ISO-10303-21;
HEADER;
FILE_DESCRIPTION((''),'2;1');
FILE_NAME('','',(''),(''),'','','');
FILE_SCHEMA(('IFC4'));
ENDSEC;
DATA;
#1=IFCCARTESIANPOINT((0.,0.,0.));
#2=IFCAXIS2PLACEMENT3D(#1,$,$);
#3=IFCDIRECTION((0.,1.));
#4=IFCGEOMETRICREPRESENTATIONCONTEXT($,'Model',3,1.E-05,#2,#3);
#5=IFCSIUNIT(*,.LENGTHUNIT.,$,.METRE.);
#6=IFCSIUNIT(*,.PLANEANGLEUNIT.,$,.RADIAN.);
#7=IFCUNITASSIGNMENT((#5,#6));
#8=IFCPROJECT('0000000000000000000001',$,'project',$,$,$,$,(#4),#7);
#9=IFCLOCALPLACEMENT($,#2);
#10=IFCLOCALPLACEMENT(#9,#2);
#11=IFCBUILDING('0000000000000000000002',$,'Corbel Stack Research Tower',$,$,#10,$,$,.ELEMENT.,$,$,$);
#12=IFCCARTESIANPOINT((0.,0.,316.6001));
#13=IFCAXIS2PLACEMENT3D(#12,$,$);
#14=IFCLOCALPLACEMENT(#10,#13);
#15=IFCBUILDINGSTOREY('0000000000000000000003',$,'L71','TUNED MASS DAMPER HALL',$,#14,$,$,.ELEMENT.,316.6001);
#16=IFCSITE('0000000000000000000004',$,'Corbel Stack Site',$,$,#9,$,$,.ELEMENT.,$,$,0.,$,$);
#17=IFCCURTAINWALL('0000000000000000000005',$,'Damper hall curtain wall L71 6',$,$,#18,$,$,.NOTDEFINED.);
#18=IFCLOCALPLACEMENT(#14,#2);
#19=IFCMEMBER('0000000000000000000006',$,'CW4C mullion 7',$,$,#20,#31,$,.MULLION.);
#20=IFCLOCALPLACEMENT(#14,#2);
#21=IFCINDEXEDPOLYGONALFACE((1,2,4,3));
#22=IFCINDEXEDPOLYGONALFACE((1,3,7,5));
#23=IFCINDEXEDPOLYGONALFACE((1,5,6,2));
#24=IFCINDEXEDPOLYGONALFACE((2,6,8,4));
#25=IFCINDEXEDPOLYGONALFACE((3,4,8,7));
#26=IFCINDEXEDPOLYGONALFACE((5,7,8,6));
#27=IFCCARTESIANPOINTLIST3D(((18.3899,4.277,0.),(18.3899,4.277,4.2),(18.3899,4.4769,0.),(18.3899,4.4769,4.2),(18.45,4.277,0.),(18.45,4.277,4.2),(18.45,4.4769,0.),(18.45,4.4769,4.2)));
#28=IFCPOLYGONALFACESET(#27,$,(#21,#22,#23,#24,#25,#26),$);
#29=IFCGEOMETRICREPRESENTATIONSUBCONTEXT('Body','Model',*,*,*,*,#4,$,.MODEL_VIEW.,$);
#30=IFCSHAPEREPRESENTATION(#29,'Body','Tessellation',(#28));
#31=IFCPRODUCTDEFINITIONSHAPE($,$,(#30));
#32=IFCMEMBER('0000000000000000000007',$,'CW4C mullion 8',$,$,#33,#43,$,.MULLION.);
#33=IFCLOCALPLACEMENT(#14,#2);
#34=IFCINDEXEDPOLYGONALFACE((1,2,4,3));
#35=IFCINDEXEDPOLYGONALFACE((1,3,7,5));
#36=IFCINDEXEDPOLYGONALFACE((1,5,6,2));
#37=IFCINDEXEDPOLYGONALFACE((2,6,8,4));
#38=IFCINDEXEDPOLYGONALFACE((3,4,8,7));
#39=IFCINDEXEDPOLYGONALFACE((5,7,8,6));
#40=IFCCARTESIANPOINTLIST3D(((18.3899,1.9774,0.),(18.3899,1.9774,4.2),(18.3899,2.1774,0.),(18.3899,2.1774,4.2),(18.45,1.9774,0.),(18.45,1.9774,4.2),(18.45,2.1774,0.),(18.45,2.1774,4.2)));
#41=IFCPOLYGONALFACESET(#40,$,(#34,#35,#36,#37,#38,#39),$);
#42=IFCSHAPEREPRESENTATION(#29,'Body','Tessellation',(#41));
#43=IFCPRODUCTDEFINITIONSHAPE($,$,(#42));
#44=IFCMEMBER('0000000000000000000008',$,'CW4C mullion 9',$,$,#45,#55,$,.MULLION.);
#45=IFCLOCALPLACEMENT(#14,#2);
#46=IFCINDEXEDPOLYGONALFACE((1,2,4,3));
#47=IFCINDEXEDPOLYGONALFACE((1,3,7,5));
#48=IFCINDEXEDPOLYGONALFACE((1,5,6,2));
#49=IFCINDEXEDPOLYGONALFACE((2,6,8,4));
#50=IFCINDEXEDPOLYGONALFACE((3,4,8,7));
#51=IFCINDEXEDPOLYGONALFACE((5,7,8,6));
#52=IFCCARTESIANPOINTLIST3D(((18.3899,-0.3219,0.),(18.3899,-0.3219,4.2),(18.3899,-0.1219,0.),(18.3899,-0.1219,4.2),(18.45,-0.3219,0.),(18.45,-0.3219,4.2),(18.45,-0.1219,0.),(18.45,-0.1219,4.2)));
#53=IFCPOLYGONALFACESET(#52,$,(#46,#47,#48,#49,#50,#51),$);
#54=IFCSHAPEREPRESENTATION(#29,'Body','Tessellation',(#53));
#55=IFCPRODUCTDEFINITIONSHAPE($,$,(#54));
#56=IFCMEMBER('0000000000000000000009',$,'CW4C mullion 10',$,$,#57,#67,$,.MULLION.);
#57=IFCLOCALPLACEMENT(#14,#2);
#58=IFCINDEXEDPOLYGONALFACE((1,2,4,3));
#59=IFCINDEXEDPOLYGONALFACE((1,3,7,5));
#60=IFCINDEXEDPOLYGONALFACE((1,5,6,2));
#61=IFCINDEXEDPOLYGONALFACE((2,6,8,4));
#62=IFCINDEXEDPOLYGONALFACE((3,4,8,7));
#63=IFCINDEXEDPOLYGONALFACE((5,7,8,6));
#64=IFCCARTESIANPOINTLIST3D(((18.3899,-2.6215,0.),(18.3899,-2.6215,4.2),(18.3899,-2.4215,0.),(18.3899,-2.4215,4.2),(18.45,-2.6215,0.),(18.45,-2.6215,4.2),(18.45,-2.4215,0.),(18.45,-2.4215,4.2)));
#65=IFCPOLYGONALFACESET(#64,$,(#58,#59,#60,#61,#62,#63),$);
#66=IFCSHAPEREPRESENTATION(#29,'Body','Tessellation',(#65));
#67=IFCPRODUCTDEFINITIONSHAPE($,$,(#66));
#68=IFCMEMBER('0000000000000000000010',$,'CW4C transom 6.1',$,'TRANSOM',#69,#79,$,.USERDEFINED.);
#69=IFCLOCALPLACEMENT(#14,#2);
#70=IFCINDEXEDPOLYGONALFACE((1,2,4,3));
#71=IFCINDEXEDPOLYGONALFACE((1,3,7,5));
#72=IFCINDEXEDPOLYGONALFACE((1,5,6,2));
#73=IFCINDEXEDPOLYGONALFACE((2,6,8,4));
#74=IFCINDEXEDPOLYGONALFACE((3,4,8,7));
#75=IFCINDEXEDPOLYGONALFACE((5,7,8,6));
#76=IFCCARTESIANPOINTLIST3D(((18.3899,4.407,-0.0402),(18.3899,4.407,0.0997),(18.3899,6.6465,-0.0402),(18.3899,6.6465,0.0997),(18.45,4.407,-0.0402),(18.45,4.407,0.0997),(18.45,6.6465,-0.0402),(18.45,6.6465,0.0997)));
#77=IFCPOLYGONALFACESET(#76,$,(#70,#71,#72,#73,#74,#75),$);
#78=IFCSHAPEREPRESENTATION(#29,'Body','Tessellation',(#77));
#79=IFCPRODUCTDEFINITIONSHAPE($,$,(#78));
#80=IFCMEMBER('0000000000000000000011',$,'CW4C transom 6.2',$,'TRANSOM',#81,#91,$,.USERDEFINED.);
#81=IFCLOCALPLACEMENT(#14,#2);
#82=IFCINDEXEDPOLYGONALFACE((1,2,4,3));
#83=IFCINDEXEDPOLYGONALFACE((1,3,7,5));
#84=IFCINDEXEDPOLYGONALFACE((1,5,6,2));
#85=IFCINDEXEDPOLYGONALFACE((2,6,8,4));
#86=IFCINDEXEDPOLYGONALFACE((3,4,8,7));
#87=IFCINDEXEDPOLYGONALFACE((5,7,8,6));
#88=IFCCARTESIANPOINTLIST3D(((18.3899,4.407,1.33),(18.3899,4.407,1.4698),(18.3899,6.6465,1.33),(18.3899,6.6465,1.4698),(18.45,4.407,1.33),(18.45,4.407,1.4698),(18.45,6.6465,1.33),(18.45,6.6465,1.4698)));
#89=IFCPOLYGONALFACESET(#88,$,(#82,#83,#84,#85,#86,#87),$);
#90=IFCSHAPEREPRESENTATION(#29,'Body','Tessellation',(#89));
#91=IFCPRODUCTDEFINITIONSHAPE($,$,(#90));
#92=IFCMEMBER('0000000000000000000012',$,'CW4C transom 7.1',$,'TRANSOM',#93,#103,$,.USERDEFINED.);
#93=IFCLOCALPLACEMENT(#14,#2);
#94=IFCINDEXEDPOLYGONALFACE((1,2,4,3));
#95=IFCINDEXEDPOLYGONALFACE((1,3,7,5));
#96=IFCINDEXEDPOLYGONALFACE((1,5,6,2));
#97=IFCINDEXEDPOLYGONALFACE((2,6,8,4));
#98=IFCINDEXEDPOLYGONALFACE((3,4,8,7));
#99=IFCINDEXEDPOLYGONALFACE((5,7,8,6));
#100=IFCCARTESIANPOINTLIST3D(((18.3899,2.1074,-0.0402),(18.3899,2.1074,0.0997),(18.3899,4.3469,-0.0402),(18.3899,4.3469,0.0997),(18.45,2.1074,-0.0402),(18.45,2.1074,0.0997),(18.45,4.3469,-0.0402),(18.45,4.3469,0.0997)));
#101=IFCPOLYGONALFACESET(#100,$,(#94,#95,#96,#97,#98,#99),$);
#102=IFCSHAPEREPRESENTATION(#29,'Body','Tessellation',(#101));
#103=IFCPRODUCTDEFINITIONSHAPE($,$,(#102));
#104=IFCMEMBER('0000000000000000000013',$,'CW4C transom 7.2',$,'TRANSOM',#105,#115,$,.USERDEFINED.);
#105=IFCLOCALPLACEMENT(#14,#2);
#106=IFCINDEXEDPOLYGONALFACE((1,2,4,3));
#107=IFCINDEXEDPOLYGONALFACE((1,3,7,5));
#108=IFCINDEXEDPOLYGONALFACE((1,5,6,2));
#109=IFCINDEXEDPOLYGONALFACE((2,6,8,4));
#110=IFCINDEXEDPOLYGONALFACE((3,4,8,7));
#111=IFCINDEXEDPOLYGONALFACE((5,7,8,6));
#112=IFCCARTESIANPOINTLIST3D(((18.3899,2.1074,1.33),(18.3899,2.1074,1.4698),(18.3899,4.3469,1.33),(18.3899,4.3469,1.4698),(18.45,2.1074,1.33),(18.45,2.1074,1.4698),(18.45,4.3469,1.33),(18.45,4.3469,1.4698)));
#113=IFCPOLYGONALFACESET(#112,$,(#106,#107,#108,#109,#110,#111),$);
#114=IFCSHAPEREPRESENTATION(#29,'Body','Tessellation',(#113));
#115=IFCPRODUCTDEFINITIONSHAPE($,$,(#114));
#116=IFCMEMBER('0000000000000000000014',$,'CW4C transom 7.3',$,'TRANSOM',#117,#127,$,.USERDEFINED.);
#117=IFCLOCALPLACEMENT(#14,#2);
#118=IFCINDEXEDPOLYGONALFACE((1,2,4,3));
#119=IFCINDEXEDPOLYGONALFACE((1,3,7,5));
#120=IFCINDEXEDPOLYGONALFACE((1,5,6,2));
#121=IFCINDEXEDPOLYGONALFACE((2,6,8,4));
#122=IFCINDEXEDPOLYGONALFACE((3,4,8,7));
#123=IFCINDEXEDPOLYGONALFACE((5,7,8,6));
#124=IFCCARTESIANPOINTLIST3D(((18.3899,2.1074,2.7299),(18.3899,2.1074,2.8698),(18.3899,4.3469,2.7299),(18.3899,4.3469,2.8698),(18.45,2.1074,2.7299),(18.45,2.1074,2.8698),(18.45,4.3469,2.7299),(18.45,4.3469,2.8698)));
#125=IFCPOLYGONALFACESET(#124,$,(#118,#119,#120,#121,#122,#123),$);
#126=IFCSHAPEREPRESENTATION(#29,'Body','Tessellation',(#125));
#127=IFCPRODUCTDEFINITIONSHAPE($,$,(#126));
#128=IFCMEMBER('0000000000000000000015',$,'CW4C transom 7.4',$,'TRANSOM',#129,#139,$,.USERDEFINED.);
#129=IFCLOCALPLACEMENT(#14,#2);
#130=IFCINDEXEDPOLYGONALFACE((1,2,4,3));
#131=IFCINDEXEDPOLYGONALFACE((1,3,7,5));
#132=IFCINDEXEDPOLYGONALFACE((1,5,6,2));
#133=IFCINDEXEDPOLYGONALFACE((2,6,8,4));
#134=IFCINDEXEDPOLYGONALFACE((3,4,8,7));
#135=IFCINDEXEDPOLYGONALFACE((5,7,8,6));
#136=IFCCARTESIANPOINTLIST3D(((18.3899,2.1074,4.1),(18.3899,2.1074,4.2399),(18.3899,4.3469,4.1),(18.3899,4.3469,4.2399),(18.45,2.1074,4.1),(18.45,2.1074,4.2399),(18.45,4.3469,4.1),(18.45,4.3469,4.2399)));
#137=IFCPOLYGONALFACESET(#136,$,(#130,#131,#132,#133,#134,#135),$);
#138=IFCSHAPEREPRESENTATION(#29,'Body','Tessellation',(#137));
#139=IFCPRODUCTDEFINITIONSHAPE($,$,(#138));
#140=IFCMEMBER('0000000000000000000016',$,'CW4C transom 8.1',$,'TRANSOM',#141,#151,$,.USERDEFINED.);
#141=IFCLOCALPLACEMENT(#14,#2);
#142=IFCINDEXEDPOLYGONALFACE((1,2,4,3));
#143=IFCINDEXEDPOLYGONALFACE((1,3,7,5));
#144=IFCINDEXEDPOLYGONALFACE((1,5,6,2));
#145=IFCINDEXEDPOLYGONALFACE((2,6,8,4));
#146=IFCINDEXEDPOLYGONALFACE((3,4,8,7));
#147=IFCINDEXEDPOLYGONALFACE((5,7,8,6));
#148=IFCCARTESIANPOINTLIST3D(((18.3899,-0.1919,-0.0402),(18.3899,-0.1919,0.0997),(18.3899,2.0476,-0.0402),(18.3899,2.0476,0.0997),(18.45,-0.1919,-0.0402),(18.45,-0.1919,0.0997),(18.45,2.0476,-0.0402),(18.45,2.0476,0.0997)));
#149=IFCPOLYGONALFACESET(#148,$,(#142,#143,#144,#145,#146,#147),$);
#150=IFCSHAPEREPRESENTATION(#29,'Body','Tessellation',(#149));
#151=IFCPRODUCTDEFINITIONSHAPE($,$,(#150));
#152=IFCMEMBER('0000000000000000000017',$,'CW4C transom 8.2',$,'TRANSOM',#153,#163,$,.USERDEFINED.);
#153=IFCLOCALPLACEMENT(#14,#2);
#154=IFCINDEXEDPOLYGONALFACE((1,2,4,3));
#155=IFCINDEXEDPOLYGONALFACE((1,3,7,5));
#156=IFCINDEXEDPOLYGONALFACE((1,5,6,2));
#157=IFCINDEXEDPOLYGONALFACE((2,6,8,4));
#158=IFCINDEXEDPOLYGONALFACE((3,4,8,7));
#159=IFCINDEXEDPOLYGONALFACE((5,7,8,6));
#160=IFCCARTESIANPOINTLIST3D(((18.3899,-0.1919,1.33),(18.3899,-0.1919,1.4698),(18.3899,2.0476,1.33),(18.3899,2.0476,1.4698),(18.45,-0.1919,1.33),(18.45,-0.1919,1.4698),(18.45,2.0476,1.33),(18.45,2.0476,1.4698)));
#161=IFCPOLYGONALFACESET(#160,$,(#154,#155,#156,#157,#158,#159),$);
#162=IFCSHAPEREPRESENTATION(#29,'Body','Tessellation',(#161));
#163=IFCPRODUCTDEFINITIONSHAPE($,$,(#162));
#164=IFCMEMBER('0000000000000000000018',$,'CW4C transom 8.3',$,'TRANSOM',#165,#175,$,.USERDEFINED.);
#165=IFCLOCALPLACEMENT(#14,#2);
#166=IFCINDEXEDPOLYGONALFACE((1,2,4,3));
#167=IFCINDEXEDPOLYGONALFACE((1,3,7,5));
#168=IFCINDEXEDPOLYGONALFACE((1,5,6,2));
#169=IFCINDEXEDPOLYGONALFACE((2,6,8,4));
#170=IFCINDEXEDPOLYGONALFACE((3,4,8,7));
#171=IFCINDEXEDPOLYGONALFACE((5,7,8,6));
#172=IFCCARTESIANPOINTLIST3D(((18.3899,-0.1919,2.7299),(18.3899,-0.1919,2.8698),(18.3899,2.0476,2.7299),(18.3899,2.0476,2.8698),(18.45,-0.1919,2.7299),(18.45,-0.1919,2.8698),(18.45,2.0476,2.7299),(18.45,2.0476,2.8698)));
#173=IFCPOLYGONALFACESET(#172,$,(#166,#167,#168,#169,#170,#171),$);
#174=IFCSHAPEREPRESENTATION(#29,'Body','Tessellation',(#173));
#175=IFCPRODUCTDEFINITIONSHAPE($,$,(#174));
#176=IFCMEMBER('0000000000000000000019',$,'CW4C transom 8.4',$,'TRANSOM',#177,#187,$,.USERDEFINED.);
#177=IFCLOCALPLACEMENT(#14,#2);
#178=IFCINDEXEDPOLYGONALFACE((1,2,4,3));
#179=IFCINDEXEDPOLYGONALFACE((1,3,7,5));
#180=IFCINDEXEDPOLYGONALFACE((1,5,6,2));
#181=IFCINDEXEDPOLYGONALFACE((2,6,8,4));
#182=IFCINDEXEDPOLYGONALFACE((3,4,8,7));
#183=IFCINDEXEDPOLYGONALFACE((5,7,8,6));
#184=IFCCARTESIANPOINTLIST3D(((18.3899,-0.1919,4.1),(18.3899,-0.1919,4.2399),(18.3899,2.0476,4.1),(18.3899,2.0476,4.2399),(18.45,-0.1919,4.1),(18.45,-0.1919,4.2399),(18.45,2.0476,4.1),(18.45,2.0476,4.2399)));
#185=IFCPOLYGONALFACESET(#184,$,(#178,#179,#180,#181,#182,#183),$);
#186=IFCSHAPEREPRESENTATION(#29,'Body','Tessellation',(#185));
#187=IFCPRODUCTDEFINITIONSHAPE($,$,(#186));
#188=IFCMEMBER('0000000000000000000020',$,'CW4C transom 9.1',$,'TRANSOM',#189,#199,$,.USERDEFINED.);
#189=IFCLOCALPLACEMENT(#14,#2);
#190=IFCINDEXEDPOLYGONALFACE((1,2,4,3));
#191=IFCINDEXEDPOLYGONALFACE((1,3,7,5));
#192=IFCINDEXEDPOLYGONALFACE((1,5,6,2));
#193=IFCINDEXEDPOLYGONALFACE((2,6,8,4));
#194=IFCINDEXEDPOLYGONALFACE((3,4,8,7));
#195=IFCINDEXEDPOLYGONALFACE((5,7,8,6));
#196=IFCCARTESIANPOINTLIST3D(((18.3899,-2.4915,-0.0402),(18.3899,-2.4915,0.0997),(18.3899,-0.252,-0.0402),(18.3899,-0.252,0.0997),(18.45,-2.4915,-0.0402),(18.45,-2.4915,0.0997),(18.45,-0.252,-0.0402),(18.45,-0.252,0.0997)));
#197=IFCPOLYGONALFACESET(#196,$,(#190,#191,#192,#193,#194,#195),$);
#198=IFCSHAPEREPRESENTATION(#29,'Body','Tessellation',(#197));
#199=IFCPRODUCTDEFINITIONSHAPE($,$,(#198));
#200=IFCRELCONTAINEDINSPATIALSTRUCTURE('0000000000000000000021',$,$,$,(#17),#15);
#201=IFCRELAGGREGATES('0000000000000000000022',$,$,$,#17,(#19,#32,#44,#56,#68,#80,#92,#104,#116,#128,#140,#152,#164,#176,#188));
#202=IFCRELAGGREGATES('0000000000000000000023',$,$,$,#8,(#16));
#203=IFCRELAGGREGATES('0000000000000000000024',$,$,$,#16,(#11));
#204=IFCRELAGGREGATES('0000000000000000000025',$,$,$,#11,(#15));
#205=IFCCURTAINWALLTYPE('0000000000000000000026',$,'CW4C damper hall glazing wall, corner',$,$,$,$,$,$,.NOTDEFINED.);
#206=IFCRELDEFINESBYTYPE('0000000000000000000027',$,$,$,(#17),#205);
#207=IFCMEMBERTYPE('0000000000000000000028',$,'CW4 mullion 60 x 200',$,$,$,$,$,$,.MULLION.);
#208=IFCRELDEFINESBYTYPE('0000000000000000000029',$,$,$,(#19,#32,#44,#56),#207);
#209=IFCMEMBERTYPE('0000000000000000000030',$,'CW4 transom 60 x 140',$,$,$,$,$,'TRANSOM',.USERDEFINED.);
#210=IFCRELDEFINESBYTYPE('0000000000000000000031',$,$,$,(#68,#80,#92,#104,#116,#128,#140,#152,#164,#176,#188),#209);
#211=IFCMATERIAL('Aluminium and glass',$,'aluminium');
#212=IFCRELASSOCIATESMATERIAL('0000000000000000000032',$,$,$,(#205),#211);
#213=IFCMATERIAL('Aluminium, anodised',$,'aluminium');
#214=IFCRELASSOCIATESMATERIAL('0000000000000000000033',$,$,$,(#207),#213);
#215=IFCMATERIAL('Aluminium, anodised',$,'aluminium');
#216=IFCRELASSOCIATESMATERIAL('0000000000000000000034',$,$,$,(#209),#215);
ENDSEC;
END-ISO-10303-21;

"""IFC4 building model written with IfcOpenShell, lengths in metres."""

from ifc_helpers import new_model, si_unit, direction, frame, origin, origin_2d, place, context, subcontext, project, spatial, rectangle, extrude, material, material_profile, profile_set, type_object, element, aggregate, save


model = new_model("IFC4")

# Units and contexts
model_context = context("Model", 3, precision=1e-05, world=origin(), true_north=direction((0.0, 1.0)))
body_context = subcontext(model_context, "Body", "Model", "MODEL_VIEW")
ifc_project = project(units=[si_unit("LENGTHUNIT", "METRE"), si_unit("PLANEANGLEUNIT", "RADIAN")], contexts=[model_context])

# Site, building, storey
site_placement = place(None, origin())
site = spatial("IfcSite", under=ifc_project, at=site_placement, Name="Corbel Stack Site", CompositionType="ELEMENT", RefElevation=0.0)
building_placement = place(site_placement, origin())
building = spatial("IfcBuilding", under=site, at=building_placement, Name="Corbel Stack Research Tower", CompositionType="ELEMENT")
storey_placement = place(building_placement, frame((0.0, 0.0, 316.6001)))
storey = spatial("IfcBuildingStorey", under=building, at=storey_placement, Name="L71", Description="TUNED MASS DAMPER HALL", CompositionType="ELEMENT", Elevation=316.6001)

# Curtain wall, members
ifc_material_1 = material(Name="Aluminium and glass", Category="aluminium")
curtain_wall_type = type_object("IfcCurtainWallType", Name="CW4C damper hall glazing wall, corner", PredefinedType="NOTDEFINED", material=ifc_material_1)
curtain_wall_placement = place(storey_placement, origin())
curtain_wall = element("IfcCurtainWall", 1, at=curtain_wall_placement, inside=storey, type_object=curtain_wall_type, Name="Damper hall curtain wall L71 6", PredefinedType="NOTDEFINED")
ifc_material_2 = material(Name="Aluminium, anodised", Category="aluminium")
ifc_material_profile_1 = material_profile(ifc_material_2, rectangle(XDim=0.0601, YDim=0.2, at=origin_2d()), Name="CW4 mullion 60 x 200")
ifc_profile_set_1 = profile_set([ifc_material_profile_1], Name="Aluminium, anodised")
member_type_1 = type_object("IfcMemberType", Name="CW4 mullion 60 x 200", PredefinedType="MULLION", material=ifc_profile_set_1)
member_1_placement = place(storey_placement, frame((18.4199, 4.377, 0.0), z_axis=(0.0, 0.0, 1.0), x_axis=(1.0, 0.0, 0.0)))
member_1 = element("IfcMember", 2, at=member_1_placement, type_object=member_type_1, Name="CW4C mullion 7", PredefinedType="MULLION", context=body_context, shape_type="SweptSolid", body=[
    extrude(rectangle(XDim=0.0601, YDim=0.2, at=origin_2d()), origin(), (0.0, 0.0, 1.0), 4.2),
])
member_2_placement = place(storey_placement, frame((18.4199, 2.0774, 0.0), z_axis=(0.0, 0.0, 1.0), x_axis=(1.0, 0.0, 0.0)))
member_2 = element("IfcMember", 3, at=member_2_placement, type_object=member_type_1, Name="CW4C mullion 8", PredefinedType="MULLION", context=body_context, shape_type="SweptSolid", body=[
    extrude(rectangle(XDim=0.0601, YDim=0.2, at=origin_2d()), origin(), (0.0, 0.0, 1.0), 4.2),
])
member_3_placement = place(storey_placement, frame((18.4199, -0.2219, 0.0), z_axis=(0.0, 0.0, 1.0), x_axis=(1.0, 0.0, 0.0)))
member_3 = element("IfcMember", 4, at=member_3_placement, type_object=member_type_1, Name="CW4C mullion 9", PredefinedType="MULLION", context=body_context, shape_type="SweptSolid", body=[
    extrude(rectangle(XDim=0.0601, YDim=0.2, at=origin_2d()), origin(), (0.0, 0.0, 1.0), 4.2),
])
member_4_placement = place(storey_placement, frame((18.4199, -2.5215, 0.0), z_axis=(0.0, 0.0, 1.0), x_axis=(1.0, 0.0, 0.0)))
member_4 = element("IfcMember", 5, at=member_4_placement, type_object=member_type_1, Name="CW4C mullion 10", PredefinedType="MULLION", context=body_context, shape_type="SweptSolid", body=[
    extrude(rectangle(XDim=0.0601, YDim=0.2, at=origin_2d()), origin(), (0.0, 0.0, 1.0), 4.2),
])
ifc_material_3 = material(Name="Aluminium, anodised", Category="aluminium")
ifc_material_profile_2 = material_profile(ifc_material_3, rectangle(XDim=0.0601, YDim=0.1399, at=origin_2d()), Name="CW4 transom 60 x 140")
ifc_profile_set_2 = profile_set([ifc_material_profile_2], Name="Aluminium, anodised")
member_type_2 = type_object("IfcMemberType", Name="CW4 transom 60 x 140", ElementType="TRANSOM", PredefinedType="USERDEFINED", material=ifc_profile_set_2)
member_5_placement = place(storey_placement, frame((18.4199, 6.6465, 0.0298), z_axis=(0.0, -1.0, 0.0), x_axis=(1.0, 0.0, 0.0)))
member_5 = element("IfcMember", 6, at=member_5_placement, type_object=member_type_2, Name="CW4C transom 6.1", ObjectType="TRANSOM", PredefinedType="USERDEFINED", context=body_context, shape_type="SweptSolid", body=[
    extrude(rectangle(XDim=0.0601, YDim=0.1399, at=origin_2d()), origin(), (0.0, 0.0, 1.0), 2.2395),
])
member_6_placement = place(storey_placement, frame((18.4199, 6.6465, 1.3999), z_axis=(0.0, -1.0, 0.0), x_axis=(1.0, 0.0, 0.0)))
member_6 = element("IfcMember", 7, at=member_6_placement, type_object=member_type_2, Name="CW4C transom 6.2", ObjectType="TRANSOM", PredefinedType="USERDEFINED", context=body_context, shape_type="SweptSolid", body=[
    extrude(rectangle(XDim=0.0601, YDim=0.1399, at=origin_2d()), origin(), (0.0, 0.0, 1.0), 2.2395),
])
member_7_placement = place(storey_placement, frame((18.4199, 4.3469, 0.0298), z_axis=(0.0, -1.0, 0.0), x_axis=(1.0, 0.0, 0.0)))
member_7 = element("IfcMember", 8, at=member_7_placement, type_object=member_type_2, Name="CW4C transom 7.1", ObjectType="TRANSOM", PredefinedType="USERDEFINED", context=body_context, shape_type="SweptSolid", body=[
    extrude(rectangle(XDim=0.0601, YDim=0.1399, at=origin_2d()), origin(), (0.0, 0.0, 1.0), 2.2395),
])
member_8_placement = place(storey_placement, frame((18.4199, 4.3469, 1.3999), z_axis=(0.0, -1.0, 0.0), x_axis=(1.0, 0.0, 0.0)))
member_8 = element("IfcMember", 9, at=member_8_placement, type_object=member_type_2, Name="CW4C transom 7.2", ObjectType="TRANSOM", PredefinedType="USERDEFINED", context=body_context, shape_type="SweptSolid", body=[
    extrude(rectangle(XDim=0.0601, YDim=0.1399, at=origin_2d()), origin(), (0.0, 0.0, 1.0), 2.2395),
])
member_9_placement = place(storey_placement, frame((18.4199, 4.3469, 2.7998), z_axis=(0.0, -1.0, 0.0), x_axis=(1.0, 0.0, 0.0)))
member_9 = element("IfcMember", 10, at=member_9_placement, type_object=member_type_2, Name="CW4C transom 7.3", ObjectType="TRANSOM", PredefinedType="USERDEFINED", context=body_context, shape_type="SweptSolid", body=[
    extrude(rectangle(XDim=0.0601, YDim=0.1399, at=origin_2d()), origin(), (0.0, 0.0, 1.0), 2.2395),
])
member_10_placement = place(storey_placement, frame((18.4199, 4.3469, 4.1699), z_axis=(0.0, -1.0, 0.0), x_axis=(1.0, 0.0, 0.0)))
member_10 = element("IfcMember", 11, at=member_10_placement, type_object=member_type_2, Name="CW4C transom 7.4", ObjectType="TRANSOM", PredefinedType="USERDEFINED", context=body_context, shape_type="SweptSolid", body=[
    extrude(rectangle(XDim=0.0601, YDim=0.1399, at=origin_2d()), origin(), (0.0, 0.0, 1.0), 2.2395),
])
member_11_placement = place(storey_placement, frame((18.4199, 2.0476, 0.0298), z_axis=(0.0, -1.0, 0.0), x_axis=(1.0, 0.0, 0.0)))
member_11 = element("IfcMember", 12, at=member_11_placement, type_object=member_type_2, Name="CW4C transom 8.1", ObjectType="TRANSOM", PredefinedType="USERDEFINED", context=body_context, shape_type="SweptSolid", body=[
    extrude(rectangle(XDim=0.0601, YDim=0.1399, at=origin_2d()), origin(), (0.0, 0.0, 1.0), 2.2395),
])
member_12_placement = place(storey_placement, frame((18.4199, 2.0476, 1.3999), z_axis=(0.0, -1.0, 0.0), x_axis=(1.0, 0.0, 0.0)))
member_12 = element("IfcMember", 13, at=member_12_placement, type_object=member_type_2, Name="CW4C transom 8.2", ObjectType="TRANSOM", PredefinedType="USERDEFINED", context=body_context, shape_type="SweptSolid", body=[
    extrude(rectangle(XDim=0.0601, YDim=0.1399, at=origin_2d()), origin(), (0.0, 0.0, 1.0), 2.2395),
])
member_13_placement = place(storey_placement, frame((18.4199, 2.0476, 2.7998), z_axis=(0.0, -1.0, 0.0), x_axis=(1.0, 0.0, 0.0)))
member_13 = element("IfcMember", 14, at=member_13_placement, type_object=member_type_2, Name="CW4C transom 8.3", ObjectType="TRANSOM", PredefinedType="USERDEFINED", context=body_context, shape_type="SweptSolid", body=[
    extrude(rectangle(XDim=0.0601, YDim=0.1399, at=origin_2d()), origin(), (0.0, 0.0, 1.0), 2.2395),
])
member_14_placement = place(storey_placement, frame((18.4199, 2.0476, 4.1699), z_axis=(0.0, -1.0, 0.0), x_axis=(1.0, 0.0, 0.0)))
member_14 = element("IfcMember", 15, at=member_14_placement, type_object=member_type_2, Name="CW4C transom 8.4", ObjectType="TRANSOM", PredefinedType="USERDEFINED", context=body_context, shape_type="SweptSolid", body=[
    extrude(rectangle(XDim=0.0601, YDim=0.1399, at=origin_2d()), origin(), (0.0, 0.0, 1.0), 2.2395),
])
member_15_placement = place(storey_placement, frame((18.4199, -0.252, 0.0298), z_axis=(0.0, -1.0, 0.0), x_axis=(1.0, 0.0, 0.0)))
member_15 = element("IfcMember", 16, at=member_15_placement, type_object=member_type_2, Name="CW4C transom 9.1", ObjectType="TRANSOM", PredefinedType="USERDEFINED", context=body_context, shape_type="SweptSolid", body=[
    extrude(rectangle(XDim=0.0601, YDim=0.1399, at=origin_2d()), origin(), (0.0, 0.0, 1.0), 2.2395),
])
aggregate(curtain_wall, [member_1, member_2, member_3, member_4, member_5, member_6, member_7, member_8, member_9, member_10, member_11, member_12, member_13, member_14, member_15])

save(model, "model.ifc")
